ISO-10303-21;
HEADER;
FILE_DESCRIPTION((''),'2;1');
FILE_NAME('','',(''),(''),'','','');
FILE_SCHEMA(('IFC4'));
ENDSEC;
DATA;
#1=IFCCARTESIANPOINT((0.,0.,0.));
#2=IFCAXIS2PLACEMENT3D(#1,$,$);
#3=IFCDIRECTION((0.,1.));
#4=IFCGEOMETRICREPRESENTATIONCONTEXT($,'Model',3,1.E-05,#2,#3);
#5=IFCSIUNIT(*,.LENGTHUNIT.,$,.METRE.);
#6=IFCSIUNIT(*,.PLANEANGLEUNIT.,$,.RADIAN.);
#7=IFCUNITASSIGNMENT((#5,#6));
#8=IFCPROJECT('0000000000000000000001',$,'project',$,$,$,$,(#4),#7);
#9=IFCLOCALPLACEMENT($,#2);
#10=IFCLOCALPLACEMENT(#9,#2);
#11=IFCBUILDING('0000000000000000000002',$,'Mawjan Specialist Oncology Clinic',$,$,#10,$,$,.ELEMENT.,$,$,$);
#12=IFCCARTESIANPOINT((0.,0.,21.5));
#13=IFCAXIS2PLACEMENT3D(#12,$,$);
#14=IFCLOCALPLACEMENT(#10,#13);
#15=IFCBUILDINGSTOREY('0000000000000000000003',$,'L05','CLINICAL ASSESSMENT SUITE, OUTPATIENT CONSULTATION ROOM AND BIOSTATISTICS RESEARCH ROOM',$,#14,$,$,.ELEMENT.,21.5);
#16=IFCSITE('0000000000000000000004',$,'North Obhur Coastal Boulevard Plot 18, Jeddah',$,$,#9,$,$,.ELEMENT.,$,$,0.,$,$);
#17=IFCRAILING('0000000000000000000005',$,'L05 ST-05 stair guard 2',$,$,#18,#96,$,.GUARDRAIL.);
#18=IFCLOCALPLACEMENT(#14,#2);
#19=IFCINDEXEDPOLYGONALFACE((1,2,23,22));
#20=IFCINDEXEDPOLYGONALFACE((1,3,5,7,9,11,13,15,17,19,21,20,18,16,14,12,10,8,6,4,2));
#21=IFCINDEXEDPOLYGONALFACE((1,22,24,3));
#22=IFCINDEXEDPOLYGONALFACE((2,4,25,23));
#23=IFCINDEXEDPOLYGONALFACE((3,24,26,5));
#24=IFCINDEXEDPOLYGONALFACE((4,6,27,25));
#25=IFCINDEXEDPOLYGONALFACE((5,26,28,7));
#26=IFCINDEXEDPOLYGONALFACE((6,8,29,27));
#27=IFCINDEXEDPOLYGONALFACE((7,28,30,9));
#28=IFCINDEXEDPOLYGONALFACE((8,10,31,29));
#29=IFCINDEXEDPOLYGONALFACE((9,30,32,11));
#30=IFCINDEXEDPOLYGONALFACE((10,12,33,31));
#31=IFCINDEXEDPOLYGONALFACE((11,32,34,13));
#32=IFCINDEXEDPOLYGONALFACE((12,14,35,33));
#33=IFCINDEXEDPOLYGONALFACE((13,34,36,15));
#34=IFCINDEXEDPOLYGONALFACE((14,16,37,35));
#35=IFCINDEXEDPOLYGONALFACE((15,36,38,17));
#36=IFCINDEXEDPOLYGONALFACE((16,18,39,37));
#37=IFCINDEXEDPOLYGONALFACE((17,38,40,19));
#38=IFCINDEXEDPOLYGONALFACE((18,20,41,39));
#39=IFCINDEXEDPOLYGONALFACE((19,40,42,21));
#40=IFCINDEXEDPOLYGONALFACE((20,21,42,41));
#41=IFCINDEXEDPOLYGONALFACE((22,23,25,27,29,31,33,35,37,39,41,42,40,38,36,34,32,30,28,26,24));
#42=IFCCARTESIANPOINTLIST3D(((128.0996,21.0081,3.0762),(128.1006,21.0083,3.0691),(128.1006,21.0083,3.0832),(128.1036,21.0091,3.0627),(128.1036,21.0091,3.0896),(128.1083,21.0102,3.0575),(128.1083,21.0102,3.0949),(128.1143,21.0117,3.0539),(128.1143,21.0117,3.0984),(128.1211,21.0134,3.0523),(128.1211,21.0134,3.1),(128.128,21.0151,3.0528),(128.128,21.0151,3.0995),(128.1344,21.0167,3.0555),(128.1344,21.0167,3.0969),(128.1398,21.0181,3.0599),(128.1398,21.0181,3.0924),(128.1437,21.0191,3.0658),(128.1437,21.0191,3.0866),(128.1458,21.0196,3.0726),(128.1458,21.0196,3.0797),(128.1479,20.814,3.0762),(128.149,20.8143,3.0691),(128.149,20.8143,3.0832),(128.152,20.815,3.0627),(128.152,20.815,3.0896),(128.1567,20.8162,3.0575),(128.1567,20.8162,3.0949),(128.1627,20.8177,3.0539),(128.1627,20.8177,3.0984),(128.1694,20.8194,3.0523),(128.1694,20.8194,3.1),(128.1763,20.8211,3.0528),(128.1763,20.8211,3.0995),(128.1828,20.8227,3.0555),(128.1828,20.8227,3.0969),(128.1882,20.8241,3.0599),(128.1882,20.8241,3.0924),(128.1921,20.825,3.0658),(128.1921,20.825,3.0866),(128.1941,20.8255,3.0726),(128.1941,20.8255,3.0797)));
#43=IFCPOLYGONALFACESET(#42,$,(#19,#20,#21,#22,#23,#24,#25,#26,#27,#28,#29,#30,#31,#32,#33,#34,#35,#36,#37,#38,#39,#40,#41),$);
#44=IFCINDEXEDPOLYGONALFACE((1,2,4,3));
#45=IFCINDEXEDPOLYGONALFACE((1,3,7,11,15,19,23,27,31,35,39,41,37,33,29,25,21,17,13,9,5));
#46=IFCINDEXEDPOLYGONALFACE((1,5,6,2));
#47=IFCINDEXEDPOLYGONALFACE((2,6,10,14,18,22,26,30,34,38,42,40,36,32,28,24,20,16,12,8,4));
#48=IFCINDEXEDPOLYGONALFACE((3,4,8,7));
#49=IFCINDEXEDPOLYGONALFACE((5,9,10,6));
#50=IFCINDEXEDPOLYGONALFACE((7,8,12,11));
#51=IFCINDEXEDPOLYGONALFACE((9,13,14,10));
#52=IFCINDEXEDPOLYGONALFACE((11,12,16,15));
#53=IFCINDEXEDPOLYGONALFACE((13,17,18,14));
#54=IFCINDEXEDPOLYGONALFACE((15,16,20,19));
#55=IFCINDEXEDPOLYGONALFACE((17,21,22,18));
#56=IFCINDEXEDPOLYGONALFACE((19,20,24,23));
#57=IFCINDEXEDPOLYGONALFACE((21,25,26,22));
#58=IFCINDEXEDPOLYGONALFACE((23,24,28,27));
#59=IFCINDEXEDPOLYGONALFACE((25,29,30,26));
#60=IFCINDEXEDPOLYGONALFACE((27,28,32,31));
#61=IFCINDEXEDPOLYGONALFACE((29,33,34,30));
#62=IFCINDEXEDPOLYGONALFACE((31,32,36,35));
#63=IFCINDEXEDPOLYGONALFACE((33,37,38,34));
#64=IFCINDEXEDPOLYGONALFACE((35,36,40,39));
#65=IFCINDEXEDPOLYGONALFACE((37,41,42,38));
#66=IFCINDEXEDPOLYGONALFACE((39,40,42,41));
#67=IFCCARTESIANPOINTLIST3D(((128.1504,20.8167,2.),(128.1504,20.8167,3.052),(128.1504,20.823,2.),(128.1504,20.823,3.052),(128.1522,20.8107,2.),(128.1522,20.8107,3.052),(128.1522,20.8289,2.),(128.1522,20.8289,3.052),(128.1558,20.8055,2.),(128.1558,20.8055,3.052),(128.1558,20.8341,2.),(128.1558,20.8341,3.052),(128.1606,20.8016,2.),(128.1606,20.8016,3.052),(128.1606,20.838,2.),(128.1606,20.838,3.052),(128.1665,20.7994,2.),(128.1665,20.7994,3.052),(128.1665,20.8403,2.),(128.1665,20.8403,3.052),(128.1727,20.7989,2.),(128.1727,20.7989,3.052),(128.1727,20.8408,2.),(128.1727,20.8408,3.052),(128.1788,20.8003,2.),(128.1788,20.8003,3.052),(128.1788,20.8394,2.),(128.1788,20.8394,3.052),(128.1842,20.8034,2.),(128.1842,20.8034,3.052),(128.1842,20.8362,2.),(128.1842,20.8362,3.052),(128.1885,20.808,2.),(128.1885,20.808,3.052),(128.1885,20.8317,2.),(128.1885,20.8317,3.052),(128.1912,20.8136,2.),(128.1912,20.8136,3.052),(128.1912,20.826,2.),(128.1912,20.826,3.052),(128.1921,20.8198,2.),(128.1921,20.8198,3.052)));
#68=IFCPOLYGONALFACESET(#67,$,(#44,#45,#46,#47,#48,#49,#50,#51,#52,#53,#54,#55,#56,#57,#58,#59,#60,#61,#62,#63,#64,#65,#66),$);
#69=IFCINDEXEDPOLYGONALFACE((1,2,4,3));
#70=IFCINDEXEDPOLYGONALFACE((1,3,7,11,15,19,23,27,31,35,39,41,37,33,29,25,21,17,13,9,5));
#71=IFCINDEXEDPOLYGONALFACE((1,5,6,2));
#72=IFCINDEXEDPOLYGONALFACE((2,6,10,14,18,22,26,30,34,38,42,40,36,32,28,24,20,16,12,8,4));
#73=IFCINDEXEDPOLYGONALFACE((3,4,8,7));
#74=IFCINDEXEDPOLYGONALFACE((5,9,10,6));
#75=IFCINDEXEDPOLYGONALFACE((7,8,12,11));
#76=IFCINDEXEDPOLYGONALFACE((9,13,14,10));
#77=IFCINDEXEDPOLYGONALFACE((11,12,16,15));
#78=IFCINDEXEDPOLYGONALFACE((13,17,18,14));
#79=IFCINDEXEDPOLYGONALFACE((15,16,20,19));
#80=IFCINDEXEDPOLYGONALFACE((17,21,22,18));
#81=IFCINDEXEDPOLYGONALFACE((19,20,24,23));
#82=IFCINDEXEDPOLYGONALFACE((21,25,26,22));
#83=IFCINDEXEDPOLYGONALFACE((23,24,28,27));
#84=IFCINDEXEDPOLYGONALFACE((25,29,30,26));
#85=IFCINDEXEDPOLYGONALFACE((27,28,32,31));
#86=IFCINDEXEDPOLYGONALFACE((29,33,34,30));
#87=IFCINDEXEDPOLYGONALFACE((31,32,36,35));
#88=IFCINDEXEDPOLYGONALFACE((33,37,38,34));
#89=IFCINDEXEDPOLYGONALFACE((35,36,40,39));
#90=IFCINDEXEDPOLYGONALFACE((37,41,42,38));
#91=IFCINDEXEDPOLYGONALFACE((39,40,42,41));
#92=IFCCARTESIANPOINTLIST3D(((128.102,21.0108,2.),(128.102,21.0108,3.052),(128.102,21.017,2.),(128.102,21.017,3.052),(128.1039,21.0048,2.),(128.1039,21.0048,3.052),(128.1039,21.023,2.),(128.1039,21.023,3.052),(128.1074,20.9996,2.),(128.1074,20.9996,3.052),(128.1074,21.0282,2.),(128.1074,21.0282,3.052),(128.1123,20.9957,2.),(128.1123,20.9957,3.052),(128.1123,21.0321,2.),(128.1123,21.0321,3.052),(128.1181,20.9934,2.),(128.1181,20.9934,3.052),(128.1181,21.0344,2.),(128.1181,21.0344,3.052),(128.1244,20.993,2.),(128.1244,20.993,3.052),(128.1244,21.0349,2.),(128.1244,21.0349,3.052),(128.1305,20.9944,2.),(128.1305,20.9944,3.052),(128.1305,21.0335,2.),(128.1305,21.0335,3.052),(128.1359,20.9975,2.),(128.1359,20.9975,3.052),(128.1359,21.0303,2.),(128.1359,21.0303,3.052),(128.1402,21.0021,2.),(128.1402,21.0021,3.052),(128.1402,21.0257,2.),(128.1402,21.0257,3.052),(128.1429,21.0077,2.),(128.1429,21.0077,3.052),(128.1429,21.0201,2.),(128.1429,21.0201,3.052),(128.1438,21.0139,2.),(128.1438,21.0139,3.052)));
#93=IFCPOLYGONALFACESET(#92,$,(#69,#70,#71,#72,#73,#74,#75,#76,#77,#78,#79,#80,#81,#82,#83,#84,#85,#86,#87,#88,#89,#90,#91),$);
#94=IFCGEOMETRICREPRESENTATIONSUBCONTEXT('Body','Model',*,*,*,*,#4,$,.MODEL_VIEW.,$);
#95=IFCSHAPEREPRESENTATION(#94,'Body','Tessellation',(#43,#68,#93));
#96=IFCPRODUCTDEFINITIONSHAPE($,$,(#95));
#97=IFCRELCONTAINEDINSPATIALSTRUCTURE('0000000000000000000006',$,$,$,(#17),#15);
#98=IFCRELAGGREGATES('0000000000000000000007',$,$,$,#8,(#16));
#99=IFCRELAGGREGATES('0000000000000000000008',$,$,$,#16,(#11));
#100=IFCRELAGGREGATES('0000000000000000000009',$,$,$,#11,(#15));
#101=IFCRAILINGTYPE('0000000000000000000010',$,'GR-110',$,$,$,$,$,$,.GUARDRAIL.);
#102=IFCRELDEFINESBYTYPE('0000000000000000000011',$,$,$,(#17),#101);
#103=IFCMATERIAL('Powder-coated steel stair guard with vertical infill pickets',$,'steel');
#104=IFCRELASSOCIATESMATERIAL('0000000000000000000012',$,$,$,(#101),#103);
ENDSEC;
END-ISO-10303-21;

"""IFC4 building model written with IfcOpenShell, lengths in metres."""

from ifc_helpers import new_model, si_unit, direction, frame, origin, origin_2d, place, context, subcontext, project, spatial, circle, extrude, material, type_object, element, save


model = new_model("IFC4")

# Units and contexts
model_context = context("Model", 3, precision=1e-05, world=origin(), true_north=direction((0.0, 1.0)))
body_context = subcontext(model_context, "Body", "Model", "MODEL_VIEW")
ifc_project = project(units=[si_unit("LENGTHUNIT", "METRE"), si_unit("PLANEANGLEUNIT", "RADIAN")], contexts=[model_context])

# Site, building, storey
site_placement = place(None, origin())
site = spatial("IfcSite", under=ifc_project, at=site_placement, Name="North Obhur Coastal Boulevard Plot 18, Jeddah", CompositionType="ELEMENT", RefElevation=0.0)
building_placement = place(site_placement, origin())
building = spatial("IfcBuilding", under=site, at=building_placement, Name="Mawjan Specialist Oncology Clinic", CompositionType="ELEMENT")
storey_placement = place(building_placement, frame((0.0, 0.0, 21.5)))
storey = spatial("IfcBuildingStorey", under=building, at=storey_placement, Name="L05", Description="CLINICAL ASSESSMENT SUITE, OUTPATIENT CONSULTATION ROOM AND BIOSTATISTICS RESEARCH ROOM", CompositionType="ELEMENT", Elevation=21.5)

# Railing
ifc_material_1 = material(Name="Powder-coated steel stair guard with vertical infill pickets", Category="steel")
railing_type_1 = type_object("IfcRailingType", Name="GR-110", PredefinedType="GUARDRAIL", material=ifc_material_1)
railing_1_placement = place(storey_placement, frame((128.1711, 20.8198, 2.0)))
element("IfcRailing", 1, at=railing_1_placement, inside=storey, type_object=railing_type_1, Name="L05 ST-05 stair guard 2", PredefinedType="GUARDRAIL", context=body_context, shape_type="SweptSolid", body=[
    extrude(circle(Radius=0.0239, at=origin_2d()), frame((0.0, 0.0, 1.0762), z_axis=(-0.241674, 0.970358, 0.0), x_axis=(-0.970358, -0.241674, 0.0)), (0.0, 0.0, 1.0), 0.2),
    extrude(circle(Radius=0.021, at=origin_2d()), origin(), (0.0, 0.0, 1.0), 1.052),
    extrude(circle(Radius=0.021, at=origin_2d()), frame((-0.0483, 0.1941, 0.0)), (0.0, 0.0, 1.0), 1.052),
])

save(model, "model.ifc")
